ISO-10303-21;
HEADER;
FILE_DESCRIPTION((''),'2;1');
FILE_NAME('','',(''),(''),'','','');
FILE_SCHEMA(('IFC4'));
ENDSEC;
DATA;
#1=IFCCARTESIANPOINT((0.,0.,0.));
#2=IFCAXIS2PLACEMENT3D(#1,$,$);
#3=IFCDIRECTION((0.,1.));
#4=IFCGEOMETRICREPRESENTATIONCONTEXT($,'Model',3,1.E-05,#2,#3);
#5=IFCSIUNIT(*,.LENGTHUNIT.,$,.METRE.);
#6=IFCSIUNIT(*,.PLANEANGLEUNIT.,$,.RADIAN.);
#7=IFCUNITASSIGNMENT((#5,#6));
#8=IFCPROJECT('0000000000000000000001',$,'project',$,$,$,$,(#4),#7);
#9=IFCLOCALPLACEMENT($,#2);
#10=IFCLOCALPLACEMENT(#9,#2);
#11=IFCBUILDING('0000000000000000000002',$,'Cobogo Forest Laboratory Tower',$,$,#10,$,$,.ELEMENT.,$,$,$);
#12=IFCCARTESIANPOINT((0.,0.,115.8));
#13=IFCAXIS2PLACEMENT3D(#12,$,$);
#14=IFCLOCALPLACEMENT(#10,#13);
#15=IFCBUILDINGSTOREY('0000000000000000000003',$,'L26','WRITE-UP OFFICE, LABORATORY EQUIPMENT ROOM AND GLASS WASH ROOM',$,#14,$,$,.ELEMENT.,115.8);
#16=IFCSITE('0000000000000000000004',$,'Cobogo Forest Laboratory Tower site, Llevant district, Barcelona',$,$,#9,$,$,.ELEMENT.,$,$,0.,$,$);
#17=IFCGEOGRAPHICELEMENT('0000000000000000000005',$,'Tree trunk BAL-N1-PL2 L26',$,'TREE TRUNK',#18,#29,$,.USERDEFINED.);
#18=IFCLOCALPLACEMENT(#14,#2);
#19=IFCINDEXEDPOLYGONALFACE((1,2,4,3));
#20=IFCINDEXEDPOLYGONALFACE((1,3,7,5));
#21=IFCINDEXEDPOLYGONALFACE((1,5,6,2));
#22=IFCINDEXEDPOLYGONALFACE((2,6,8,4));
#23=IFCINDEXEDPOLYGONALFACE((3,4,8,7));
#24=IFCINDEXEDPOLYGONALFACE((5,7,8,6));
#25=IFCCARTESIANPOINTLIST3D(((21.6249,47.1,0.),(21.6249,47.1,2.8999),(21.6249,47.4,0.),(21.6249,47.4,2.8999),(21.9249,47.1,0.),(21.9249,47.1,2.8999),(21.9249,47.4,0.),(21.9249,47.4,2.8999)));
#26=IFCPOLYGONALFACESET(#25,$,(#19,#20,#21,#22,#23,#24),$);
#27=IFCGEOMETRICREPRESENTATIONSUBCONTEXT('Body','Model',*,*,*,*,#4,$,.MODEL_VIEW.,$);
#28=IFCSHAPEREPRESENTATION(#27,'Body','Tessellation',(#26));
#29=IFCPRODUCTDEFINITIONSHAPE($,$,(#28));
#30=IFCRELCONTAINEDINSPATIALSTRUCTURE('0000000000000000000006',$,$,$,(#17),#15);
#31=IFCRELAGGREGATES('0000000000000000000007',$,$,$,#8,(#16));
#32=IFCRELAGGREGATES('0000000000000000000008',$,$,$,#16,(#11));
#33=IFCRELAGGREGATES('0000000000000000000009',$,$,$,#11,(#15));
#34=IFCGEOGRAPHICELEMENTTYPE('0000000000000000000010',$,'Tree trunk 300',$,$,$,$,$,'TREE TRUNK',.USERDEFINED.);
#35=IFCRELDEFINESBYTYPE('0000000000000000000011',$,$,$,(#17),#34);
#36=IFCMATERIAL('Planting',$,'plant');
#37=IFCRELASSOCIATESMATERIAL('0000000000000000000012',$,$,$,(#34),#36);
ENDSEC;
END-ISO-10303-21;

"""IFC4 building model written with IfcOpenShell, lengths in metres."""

from ifc_helpers import new_model, si_unit, direction, frame, origin, origin_2d, place, context, subcontext, project, spatial, rectangle, extrude, material, type_object, element, save


model = new_model("IFC4")

# Units and contexts
model_context = context("Model", 3, precision=1e-05, world=origin(), true_north=direction((0.0, 1.0)))
body_context = subcontext(model_context, "Body", "Model", "MODEL_VIEW")
ifc_project = project(units=[si_unit("LENGTHUNIT", "METRE"), si_unit("PLANEANGLEUNIT", "RADIAN")], contexts=[model_context])

# Site, building, storey
site_placement = place(None, origin())
site = spatial("IfcSite", under=ifc_project, at=site_placement, Name="Cobogo Forest Laboratory Tower site, Llevant district, Barcelona", CompositionType="ELEMENT", RefElevation=0.0)
building_placement = place(site_placement, origin())
building = spatial("IfcBuilding", under=site, at=building_placement, Name="Cobogo Forest Laboratory Tower", CompositionType="ELEMENT")
storey_placement = place(building_placement, frame((0.0, 0.0, 115.8)))
storey = spatial("IfcBuildingStorey", under=building, at=storey_placement, Name="L26", Description="WRITE-UP OFFICE, LABORATORY EQUIPMENT ROOM AND GLASS WASH ROOM", CompositionType="ELEMENT", Elevation=115.8)

# Geographic element
ifc_material_1 = material(Name="Planting", Category="plant")
geographic_element_type = type_object("IfcGeographicElementType", Name="Tree trunk 300", ElementType="TREE TRUNK", PredefinedType="USERDEFINED", material=ifc_material_1)
geographic_element_placement = place(storey_placement, frame((21.7749, 47.25, 0.0), z_axis=(0.0, 0.0, 1.0), x_axis=(1.0, 0.0, 0.0)))
element("IfcGeographicElement", 1, at=geographic_element_placement, inside=storey, type_object=geographic_element_type, Name="Tree trunk BAL-N1-PL2 L26", ObjectType="TREE TRUNK", PredefinedType="USERDEFINED", context=body_context, shape_type="SweptSolid", body=[
    extrude(rectangle(XDim=0.3, YDim=0.3, at=origin_2d()), origin(), (0.0, 0.0, 1.0), 2.8999),
])

save(model, "model.ifc")
